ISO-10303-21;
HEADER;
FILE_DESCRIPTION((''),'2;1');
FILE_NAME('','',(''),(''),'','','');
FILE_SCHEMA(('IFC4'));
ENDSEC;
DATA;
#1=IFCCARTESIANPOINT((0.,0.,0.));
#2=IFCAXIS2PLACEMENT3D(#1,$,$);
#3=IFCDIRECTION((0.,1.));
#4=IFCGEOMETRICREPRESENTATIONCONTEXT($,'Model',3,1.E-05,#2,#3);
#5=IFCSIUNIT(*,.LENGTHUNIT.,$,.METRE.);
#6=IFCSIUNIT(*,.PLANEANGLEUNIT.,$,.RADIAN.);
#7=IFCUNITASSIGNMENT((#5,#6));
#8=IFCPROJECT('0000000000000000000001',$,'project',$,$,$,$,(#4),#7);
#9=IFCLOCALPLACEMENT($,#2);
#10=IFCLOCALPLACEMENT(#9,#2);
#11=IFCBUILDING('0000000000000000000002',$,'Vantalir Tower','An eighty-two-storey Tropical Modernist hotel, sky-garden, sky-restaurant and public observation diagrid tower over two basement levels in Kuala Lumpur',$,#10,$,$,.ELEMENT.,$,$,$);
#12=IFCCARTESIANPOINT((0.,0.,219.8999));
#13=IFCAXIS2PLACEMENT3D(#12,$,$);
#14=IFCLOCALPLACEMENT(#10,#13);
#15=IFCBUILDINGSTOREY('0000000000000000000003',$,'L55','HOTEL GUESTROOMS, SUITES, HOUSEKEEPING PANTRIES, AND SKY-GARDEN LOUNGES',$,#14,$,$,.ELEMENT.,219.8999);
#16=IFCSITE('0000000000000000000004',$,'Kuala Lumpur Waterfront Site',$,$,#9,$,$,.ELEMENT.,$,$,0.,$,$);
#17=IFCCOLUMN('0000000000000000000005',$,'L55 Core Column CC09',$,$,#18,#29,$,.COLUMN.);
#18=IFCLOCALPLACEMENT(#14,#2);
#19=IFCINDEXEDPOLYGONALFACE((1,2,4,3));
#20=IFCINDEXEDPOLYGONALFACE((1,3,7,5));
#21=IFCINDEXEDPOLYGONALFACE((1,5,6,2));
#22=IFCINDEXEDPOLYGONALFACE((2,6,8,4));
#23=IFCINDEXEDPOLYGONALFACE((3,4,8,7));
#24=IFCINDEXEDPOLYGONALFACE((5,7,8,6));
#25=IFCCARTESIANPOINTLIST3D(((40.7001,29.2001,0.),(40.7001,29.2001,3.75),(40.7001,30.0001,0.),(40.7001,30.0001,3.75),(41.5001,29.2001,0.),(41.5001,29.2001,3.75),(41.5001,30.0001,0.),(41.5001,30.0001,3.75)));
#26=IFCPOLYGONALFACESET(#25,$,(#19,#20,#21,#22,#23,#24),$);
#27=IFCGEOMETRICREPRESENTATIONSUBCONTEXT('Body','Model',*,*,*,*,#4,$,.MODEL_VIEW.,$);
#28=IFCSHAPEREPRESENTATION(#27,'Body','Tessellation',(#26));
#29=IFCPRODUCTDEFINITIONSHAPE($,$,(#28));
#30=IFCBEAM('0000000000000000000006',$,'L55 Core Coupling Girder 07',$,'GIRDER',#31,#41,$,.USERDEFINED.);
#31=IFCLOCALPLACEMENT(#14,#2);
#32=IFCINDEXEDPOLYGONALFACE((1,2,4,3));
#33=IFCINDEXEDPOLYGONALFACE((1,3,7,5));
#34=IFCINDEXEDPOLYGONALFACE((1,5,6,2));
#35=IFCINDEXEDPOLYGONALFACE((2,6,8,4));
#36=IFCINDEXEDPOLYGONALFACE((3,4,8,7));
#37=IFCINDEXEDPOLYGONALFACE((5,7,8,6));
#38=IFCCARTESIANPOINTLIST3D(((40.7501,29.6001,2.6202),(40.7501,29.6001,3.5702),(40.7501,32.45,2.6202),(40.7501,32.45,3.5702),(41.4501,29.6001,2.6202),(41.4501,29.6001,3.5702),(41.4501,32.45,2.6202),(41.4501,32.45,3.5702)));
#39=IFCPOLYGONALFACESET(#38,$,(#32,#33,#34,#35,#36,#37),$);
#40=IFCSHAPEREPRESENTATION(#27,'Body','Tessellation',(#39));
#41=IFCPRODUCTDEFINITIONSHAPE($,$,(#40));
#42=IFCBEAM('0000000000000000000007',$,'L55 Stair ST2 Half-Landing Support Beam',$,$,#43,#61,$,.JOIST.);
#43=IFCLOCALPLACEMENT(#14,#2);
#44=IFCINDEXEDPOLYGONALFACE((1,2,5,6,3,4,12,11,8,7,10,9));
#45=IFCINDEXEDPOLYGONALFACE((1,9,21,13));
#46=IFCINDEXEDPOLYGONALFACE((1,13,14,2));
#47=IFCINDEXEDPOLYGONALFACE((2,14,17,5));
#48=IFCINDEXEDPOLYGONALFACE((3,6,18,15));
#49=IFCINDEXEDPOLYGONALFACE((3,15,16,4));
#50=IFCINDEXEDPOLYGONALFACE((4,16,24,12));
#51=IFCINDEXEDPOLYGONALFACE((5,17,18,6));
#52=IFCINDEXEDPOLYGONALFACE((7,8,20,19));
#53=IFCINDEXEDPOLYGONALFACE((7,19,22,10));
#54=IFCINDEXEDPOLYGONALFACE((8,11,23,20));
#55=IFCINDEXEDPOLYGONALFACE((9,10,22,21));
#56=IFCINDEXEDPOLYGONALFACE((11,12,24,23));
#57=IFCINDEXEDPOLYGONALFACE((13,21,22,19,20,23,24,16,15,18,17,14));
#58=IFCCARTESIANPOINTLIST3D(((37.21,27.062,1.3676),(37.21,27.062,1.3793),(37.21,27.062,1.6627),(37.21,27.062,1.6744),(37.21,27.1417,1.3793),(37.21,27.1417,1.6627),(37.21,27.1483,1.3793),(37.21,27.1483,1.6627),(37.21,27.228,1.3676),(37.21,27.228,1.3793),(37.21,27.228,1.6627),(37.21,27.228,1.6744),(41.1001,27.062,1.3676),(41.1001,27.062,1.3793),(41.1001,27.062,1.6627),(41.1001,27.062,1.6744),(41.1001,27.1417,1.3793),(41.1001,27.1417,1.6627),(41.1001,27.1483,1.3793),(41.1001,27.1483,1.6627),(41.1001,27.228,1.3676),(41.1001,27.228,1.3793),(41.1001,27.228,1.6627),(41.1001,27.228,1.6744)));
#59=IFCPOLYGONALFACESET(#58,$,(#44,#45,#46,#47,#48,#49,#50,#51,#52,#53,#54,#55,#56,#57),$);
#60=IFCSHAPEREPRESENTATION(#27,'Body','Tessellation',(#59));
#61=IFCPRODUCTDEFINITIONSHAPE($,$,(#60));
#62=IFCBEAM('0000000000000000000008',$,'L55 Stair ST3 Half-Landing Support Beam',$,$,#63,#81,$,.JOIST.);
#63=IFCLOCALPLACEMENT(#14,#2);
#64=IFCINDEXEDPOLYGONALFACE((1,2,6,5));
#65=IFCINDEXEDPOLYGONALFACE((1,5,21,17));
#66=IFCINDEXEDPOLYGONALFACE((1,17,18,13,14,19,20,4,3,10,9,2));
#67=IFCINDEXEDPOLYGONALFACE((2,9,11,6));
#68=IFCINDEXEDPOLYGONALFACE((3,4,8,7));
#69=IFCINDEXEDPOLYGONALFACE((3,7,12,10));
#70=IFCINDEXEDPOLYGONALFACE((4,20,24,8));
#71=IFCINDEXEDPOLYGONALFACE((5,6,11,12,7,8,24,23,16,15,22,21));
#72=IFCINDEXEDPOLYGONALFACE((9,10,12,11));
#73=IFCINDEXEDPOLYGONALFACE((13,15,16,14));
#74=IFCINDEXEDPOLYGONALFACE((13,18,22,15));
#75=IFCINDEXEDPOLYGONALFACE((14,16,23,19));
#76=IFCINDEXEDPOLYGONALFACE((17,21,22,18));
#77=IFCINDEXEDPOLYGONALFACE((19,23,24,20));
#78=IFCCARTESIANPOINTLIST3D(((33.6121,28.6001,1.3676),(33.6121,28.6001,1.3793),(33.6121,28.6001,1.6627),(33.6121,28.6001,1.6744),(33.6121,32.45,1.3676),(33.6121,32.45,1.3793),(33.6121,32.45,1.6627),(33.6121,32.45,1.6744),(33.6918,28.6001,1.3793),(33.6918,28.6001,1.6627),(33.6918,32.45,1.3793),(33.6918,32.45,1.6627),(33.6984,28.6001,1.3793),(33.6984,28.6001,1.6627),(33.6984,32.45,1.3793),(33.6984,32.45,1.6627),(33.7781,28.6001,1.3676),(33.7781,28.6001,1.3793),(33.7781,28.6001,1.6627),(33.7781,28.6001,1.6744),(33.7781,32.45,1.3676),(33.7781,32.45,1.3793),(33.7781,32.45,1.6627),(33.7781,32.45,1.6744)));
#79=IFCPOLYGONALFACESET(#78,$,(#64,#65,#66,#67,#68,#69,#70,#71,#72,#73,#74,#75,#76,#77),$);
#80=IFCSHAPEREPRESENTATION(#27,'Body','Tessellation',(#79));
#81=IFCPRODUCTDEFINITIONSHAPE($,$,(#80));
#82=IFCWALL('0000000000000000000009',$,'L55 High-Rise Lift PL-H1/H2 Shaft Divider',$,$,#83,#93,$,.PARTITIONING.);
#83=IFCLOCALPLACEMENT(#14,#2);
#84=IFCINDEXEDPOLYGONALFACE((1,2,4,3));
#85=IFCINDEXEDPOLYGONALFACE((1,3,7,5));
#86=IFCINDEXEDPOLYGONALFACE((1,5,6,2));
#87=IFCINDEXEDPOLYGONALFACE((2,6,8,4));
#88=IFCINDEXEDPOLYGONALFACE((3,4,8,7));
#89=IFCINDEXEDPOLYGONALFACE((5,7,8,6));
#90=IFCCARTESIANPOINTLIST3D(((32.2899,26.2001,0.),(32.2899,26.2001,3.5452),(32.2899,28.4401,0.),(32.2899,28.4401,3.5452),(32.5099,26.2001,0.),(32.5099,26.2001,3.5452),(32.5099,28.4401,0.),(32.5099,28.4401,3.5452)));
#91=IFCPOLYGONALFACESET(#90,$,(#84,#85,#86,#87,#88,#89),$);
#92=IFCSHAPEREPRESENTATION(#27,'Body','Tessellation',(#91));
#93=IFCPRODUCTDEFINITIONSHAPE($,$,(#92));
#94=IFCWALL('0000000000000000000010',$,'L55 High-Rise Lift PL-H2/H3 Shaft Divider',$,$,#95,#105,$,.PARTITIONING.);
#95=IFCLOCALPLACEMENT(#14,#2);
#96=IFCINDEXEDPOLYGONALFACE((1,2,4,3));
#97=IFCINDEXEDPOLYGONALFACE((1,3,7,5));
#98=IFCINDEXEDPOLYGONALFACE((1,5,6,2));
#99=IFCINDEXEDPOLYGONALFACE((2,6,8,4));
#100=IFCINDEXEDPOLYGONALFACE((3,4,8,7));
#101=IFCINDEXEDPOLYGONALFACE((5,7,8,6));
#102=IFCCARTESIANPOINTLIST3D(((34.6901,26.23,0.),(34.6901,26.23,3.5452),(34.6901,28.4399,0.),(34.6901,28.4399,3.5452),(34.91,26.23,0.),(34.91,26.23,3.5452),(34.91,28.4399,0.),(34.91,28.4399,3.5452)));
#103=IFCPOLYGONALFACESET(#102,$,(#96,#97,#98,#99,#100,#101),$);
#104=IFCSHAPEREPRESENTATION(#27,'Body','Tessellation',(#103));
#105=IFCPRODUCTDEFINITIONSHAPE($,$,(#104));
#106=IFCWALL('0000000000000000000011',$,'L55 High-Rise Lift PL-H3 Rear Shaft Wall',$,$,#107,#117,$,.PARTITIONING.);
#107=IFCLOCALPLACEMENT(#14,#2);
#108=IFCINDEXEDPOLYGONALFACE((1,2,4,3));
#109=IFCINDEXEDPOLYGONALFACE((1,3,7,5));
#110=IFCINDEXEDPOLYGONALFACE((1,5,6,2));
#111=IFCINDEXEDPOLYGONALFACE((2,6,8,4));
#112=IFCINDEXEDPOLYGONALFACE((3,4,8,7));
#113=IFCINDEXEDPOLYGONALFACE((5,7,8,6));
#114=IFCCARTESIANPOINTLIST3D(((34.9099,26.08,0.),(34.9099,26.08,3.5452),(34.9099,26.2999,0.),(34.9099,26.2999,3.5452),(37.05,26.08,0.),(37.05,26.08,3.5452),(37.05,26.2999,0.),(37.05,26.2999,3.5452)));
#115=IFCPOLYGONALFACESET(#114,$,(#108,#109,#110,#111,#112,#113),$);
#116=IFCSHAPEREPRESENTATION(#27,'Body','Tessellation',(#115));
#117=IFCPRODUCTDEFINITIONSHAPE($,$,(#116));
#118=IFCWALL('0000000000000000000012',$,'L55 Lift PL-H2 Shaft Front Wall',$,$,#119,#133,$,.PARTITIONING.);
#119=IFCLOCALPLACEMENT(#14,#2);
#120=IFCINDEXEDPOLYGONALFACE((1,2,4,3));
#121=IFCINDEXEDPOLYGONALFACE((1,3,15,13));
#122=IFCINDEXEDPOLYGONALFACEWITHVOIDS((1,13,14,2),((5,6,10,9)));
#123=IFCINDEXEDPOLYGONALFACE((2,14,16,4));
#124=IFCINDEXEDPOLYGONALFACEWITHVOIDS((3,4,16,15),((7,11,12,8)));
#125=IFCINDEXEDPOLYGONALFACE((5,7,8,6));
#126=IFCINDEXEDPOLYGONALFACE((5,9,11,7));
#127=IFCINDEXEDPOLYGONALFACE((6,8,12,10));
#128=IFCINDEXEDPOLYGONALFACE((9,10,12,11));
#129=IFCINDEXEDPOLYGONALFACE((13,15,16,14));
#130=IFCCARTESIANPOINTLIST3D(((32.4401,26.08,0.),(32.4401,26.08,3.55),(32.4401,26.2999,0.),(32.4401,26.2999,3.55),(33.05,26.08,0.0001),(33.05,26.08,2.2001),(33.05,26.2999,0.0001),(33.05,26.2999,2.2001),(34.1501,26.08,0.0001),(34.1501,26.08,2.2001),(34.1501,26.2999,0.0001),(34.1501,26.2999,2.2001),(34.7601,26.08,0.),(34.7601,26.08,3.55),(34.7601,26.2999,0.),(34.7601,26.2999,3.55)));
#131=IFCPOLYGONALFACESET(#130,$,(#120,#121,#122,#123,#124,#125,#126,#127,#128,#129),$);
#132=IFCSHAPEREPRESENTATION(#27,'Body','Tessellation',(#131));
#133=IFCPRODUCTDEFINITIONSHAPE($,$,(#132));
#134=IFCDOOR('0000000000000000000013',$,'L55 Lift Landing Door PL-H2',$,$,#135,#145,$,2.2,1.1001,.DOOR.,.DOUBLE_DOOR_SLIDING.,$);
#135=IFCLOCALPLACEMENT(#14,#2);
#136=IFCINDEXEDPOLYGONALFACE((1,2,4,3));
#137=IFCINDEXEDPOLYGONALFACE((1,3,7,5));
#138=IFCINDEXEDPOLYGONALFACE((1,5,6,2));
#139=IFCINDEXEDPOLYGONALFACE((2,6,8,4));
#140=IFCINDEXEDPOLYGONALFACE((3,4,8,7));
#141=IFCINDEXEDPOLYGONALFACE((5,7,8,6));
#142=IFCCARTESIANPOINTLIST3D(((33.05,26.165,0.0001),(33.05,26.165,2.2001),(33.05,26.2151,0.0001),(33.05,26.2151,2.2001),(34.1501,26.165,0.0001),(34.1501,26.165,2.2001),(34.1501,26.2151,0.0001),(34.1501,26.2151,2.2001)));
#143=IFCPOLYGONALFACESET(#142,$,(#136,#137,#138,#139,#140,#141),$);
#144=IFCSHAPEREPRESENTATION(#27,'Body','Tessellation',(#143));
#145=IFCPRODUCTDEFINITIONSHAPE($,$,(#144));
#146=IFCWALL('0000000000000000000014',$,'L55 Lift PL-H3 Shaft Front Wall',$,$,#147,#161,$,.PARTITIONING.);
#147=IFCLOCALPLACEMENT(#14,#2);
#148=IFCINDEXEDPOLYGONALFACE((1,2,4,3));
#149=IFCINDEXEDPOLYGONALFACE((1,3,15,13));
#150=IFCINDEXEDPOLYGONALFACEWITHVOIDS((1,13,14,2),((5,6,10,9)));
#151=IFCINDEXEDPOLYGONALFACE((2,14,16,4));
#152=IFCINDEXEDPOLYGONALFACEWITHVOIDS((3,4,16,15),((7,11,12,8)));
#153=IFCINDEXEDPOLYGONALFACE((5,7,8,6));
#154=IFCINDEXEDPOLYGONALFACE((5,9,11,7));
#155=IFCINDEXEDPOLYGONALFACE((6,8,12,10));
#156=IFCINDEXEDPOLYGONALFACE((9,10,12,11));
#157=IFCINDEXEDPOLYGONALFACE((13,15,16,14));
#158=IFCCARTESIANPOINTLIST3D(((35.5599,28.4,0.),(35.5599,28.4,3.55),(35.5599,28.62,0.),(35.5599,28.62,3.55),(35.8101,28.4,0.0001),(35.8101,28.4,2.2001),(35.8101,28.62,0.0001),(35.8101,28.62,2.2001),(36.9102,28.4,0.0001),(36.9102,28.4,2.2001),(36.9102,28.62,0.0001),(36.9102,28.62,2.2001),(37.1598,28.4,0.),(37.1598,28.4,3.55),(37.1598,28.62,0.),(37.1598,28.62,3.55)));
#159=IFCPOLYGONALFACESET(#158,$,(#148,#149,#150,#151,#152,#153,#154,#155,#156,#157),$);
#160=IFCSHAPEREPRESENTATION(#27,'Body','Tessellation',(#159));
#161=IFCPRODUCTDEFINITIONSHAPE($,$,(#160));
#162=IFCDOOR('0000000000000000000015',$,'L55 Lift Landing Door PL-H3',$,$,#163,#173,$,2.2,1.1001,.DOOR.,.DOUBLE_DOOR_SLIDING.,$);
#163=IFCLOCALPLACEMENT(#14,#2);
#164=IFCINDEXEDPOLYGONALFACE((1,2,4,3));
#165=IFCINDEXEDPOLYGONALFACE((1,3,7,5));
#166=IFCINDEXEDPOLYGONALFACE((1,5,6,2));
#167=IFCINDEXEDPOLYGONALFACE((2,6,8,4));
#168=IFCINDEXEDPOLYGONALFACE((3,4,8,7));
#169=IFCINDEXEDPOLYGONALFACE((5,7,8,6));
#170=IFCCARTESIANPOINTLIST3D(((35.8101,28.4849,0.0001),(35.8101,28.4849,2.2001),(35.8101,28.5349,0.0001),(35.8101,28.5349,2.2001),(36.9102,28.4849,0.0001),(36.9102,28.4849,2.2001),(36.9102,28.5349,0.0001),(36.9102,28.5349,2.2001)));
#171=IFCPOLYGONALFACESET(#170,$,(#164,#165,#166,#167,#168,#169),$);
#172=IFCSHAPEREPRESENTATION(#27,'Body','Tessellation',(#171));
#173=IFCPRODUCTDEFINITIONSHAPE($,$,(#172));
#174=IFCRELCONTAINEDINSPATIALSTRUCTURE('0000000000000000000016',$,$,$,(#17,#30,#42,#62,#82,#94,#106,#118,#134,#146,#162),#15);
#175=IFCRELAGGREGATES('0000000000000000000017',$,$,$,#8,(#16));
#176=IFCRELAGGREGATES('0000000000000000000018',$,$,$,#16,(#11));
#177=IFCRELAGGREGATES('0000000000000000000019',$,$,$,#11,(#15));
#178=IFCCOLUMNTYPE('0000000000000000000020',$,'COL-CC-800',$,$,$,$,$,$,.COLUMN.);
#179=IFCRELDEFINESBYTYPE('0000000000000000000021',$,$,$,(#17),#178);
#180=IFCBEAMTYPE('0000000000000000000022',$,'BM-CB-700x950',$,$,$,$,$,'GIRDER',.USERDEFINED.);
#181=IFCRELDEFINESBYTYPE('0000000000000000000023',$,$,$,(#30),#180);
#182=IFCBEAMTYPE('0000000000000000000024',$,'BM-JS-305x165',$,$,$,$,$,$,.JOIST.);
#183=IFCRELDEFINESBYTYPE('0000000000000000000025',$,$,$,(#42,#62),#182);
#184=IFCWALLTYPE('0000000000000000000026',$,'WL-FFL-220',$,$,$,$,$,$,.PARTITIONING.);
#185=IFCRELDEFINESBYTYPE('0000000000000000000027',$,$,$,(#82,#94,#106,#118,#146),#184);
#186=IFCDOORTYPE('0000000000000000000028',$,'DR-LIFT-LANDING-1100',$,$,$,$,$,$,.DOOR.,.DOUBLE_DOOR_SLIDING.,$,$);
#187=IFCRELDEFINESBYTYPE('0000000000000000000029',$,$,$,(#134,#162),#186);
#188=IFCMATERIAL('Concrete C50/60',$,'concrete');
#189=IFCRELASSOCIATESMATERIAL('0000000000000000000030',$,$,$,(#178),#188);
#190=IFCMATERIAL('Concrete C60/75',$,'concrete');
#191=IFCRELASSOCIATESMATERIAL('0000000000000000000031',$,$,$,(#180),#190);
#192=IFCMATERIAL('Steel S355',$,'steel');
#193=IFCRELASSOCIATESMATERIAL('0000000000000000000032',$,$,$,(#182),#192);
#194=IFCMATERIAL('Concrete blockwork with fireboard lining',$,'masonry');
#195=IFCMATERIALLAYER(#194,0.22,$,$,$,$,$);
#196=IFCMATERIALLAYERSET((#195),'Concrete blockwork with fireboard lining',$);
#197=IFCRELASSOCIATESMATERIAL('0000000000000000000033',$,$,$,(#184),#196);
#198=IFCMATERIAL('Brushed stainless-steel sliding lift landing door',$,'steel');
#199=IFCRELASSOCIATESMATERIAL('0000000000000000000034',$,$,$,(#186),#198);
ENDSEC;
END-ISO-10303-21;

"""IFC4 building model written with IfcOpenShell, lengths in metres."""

from ifc_helpers import new_model, si_unit, direction, frame, frame_2d, origin, origin_2d, place, context, subcontext, project, spatial, rectangle, i_section, extrude, material, layer, layer_set, material_profile, profile_set, type_object, element, fill, save


model = new_model("IFC4")

# Units and contexts
model_context = context("Model", 3, precision=1e-05, world=origin(), true_north=direction((0.0, 1.0)))
body_context = subcontext(model_context, "Body", "Model", "MODEL_VIEW")
ifc_project = project(units=[si_unit("LENGTHUNIT", "METRE"), si_unit("PLANEANGLEUNIT", "RADIAN")], contexts=[model_context])

# Site, building, storey
site_placement = place(None, origin())
site = spatial("IfcSite", under=ifc_project, at=site_placement, Name="Kuala Lumpur Waterfront Site", CompositionType="ELEMENT", RefElevation=0.0)
building_placement = place(site_placement, origin())
building = spatial("IfcBuilding", under=site, at=building_placement, Name="Vantalir Tower", Description="An eighty-two-storey Tropical Modernist hotel, sky-garden, sky-restaurant and public observation diagrid tower over two basement levels in Kuala Lumpur", CompositionType="ELEMENT")
storey_placement = place(building_placement, frame((0.0, 0.0, 219.8999)))
storey = spatial("IfcBuildingStorey", under=building, at=storey_placement, Name="L55", Description="HOTEL GUESTROOMS, SUITES, HOUSEKEEPING PANTRIES, AND SKY-GARDEN LOUNGES", CompositionType="ELEMENT", Elevation=219.8999)

# Column
ifc_material_1 = material(Name="Concrete C50/60", Category="concrete")
ifc_material_profile_1 = material_profile(ifc_material_1, rectangle(XDim=0.8, YDim=0.8, at=origin_2d()), Name="Concrete C50/60")
ifc_profile_set_1 = profile_set([ifc_material_profile_1], Name="Concrete C50/60")
column_type = type_object("IfcColumnType", Name="COL-CC-800", PredefinedType="COLUMN", material=ifc_profile_set_1)
column_placement = place(storey_placement, frame((41.1001, 29.6001, 0.0), z_axis=(0.0, 0.0, 1.0), x_axis=(1.0, 0.0, 0.0)))
element("IfcColumn", 1, at=column_placement, inside=storey, type_object=column_type, Name="L55 Core Column CC09", PredefinedType="COLUMN", context=body_context, shape_type="SweptSolid", body=[
    extrude(rectangle(XDim=0.8, YDim=0.8, at=origin_2d()), origin(), (0.0, 0.0, 1.0), 3.75),
])

# Beams
ifc_material_2 = material(Name="Concrete C60/75", Category="concrete")
ifc_material_profile_2 = material_profile(ifc_material_2, rectangle(XDim=0.7, YDim=0.95, at=origin_2d()), Name="Concrete C60/75")
ifc_profile_set_2 = profile_set([ifc_material_profile_2], Name="Concrete C60/75")
beam_type_1 = type_object("IfcBeamType", Name="BM-CB-700x950", ElementType="GIRDER", PredefinedType="USERDEFINED", material=ifc_profile_set_2)
beam_1_placement = place(storey_placement, frame((41.1001, 29.6001, 3.0952), z_axis=(0.0, 1.0, 0.0), x_axis=(-1.0, 0.0, 0.0)))
element("IfcBeam", 2, at=beam_1_placement, inside=storey, type_object=beam_type_1, Name="L55 Core Coupling Girder 07", ObjectType="GIRDER", PredefinedType="USERDEFINED", context=body_context, shape_type="SweptSolid", body=[
    extrude(rectangle(XDim=0.7, YDim=0.95, at=origin_2d()), origin(), (0.0, 0.0, 1.0), 2.8499),
])
ifc_material_3 = material(Name="Steel S355", Category="steel")
ifc_material_profile_3 = material_profile(ifc_material_3, i_section(OverallWidth=0.166, OverallDepth=0.3069, WebThickness=0.0066, FlangeThickness=0.0117, at=origin_2d()), Name="Steel S355")
ifc_profile_set_3 = profile_set([ifc_material_profile_3], Name="Steel S355")
beam_type_2 = type_object("IfcBeamType", Name="BM-JS-305x165", PredefinedType="JOIST", material=ifc_profile_set_3)
beam_2_placement = place(storey_placement, frame((37.21, 27.145, 1.521), z_axis=(1.0, 0.0, 0.0), x_axis=(0.0, 1.0, 0.0)))
element("IfcBeam", 3, at=beam_2_placement, inside=storey, type_object=beam_type_2, Name="L55 Stair ST2 Half-Landing Support Beam", PredefinedType="JOIST", context=body_context, shape_type="SweptSolid", body=[
    extrude(i_section(OverallWidth=0.166, OverallDepth=0.3069, WebThickness=0.0066, FlangeThickness=0.0117, at=origin_2d()), origin(), (0.0, 0.0, 1.0), 3.8901),
])
beam_3_placement = place(storey_placement, frame((33.6951, 28.6001, 1.521), z_axis=(0.0, 1.0, 0.0), x_axis=(-1.0, 0.0, 0.0)))
element("IfcBeam", 4, at=beam_3_placement, inside=storey, type_object=beam_type_2, Name="L55 Stair ST3 Half-Landing Support Beam", PredefinedType="JOIST", context=body_context, shape_type="SweptSolid", body=[
    extrude(i_section(OverallWidth=0.166, OverallDepth=0.3069, WebThickness=0.0066, FlangeThickness=0.0117, at=origin_2d()), origin(), (0.0, 0.0, 1.0), 3.8499),
])

# Walls
ifc_material_4 = material(Name="Concrete blockwork with fireboard lining", Category="masonry")
ifc_layer_1 = layer(ifc_material_4, 0.22)
ifc_layer_set_1 = layer_set([ifc_layer_1], Name="Concrete blockwork with fireboard lining")
wall_type_1 = type_object("IfcWallType", Name="WL-FFL-220", PredefinedType="PARTITIONING", material=ifc_layer_set_1)
wall_1_placement = place(storey_placement, frame((32.3999, 26.2, 0.0), z_axis=(0.0, 0.0, 1.0), x_axis=(0.0, 1.0, 0.0)))
element("IfcWall", 5, at=wall_1_placement, inside=storey, type_object=wall_type_1, Name="L55 High-Rise Lift PL-H1/H2 Shaft Divider", PredefinedType="PARTITIONING", context=body_context, shape_type="SweptSolid", body=[
    extrude(rectangle(XDim=2.24, YDim=0.22, at=frame_2d((1.1201, 0.0))), origin(), (0.0, 0.0, 1.0), 3.5452),
])
wall_2_placement = place(storey_placement, frame((34.8, 26.23, 0.0), z_axis=(0.0, 0.0, 1.0), x_axis=(0.0, 1.0, 0.0)))
element("IfcWall", 6, at=wall_2_placement, inside=storey, type_object=wall_type_1, Name="L55 High-Rise Lift PL-H2/H3 Shaft Divider", PredefinedType="PARTITIONING", context=body_context, shape_type="SweptSolid", body=[
    extrude(rectangle(XDim=2.21, YDim=0.22, at=frame_2d((1.105, 0.0))), origin(), (0.0, 0.0, 1.0), 3.5452),
])
wall_3_placement = place(storey_placement, frame((34.9099, 26.1899, 0.0), z_axis=(0.0, 0.0, 1.0), x_axis=(1.0, 0.0, 0.0)))
element("IfcWall", 7, at=wall_3_placement, inside=storey, type_object=wall_type_1, Name="L55 High-Rise Lift PL-H3 Rear Shaft Wall", PredefinedType="PARTITIONING", context=body_context, shape_type="SweptSolid", body=[
    extrude(rectangle(XDim=2.1401, YDim=0.22, at=frame_2d((1.0701, 0.0))), origin(), (0.0, 0.0, 1.0), 3.5452),
])

# Walls, openings, doors
wall_4_placement = place(storey_placement, frame((32.4399, 26.1899, 0.0), z_axis=(0.0, 0.0, 1.0), x_axis=(1.0, 0.0, 0.0)))
wall_4 = element("IfcWall", 8, at=wall_4_placement, inside=storey, type_object=wall_type_1, Name="L55 Lift PL-H2 Shaft Front Wall", PredefinedType="PARTITIONING", context=body_context, shape_type="SweptSolid", body=[
    extrude(rectangle(XDim=2.3201, YDim=0.22, at=frame_2d((1.1602, 0.0))), origin(), (0.0, 0.0, 1.0), 3.55),
])
opening_1_placement = place(wall_4_placement, frame((0.6101, 0.0, 0.0)))
opening_1 = element("IfcOpeningElement", 9, at=opening_1_placement, cuts=wall_4, PredefinedType="OPENING", context=body_context, shape_type="SweptSolid", body=[
    extrude(rectangle(XDim=1.1001, YDim=2.2, at=frame_2d((0.55, 1.1001))), frame((0.0, 0.1199, 0.0), z_axis=(0.0, -1.0, 0.0), x_axis=(1.0, 0.0, 0.0)), (0.0, 0.0, 1.0), 0.24),
])
ifc_material_5 = material(Name="Brushed stainless-steel sliding lift landing door", Category="steel")
door_type = type_object("IfcDoorType", Name="DR-LIFT-LANDING-1100", OperationType="DOUBLE_DOOR_SLIDING", PredefinedType="DOOR", material=ifc_material_5)
door_1_placement = place(opening_1_placement, frame((1.1001, 0.0, 0.0), z_axis=(0.0, 0.0, 1.0), x_axis=(-1.0, 0.0, 0.0)))
door_1 = element("IfcDoor", 10, at=door_1_placement, inside=storey, type_object=door_type, Name="L55 Lift Landing Door PL-H2", OperationType="DOUBLE_DOOR_SLIDING", OverallHeight=2.2, OverallWidth=1.1001, PredefinedType="DOOR", context=body_context, shape_type="SweptSolid", body=[
    extrude(rectangle(XDim=1.1001, YDim=2.2, at=frame_2d((0.55, 1.1001))), frame((0.0, 0.0249, 0.0), z_axis=(0.0, -1.0, 0.0), x_axis=(1.0, 0.0, 0.0)), (0.0, 0.0, 1.0), 0.05),
])
fill(opening_1, door_1)
wall_5_placement = place(storey_placement, frame((35.5601, 28.51, 0.0), z_axis=(0.0, 0.0, 1.0), x_axis=(1.0, 0.0, 0.0)))
wall_5 = element("IfcWall", 11, at=wall_5_placement, inside=storey, type_object=wall_type_1, Name="L55 Lift PL-H3 Shaft Front Wall", PredefinedType="PARTITIONING", context=body_context, shape_type="SweptSolid", body=[
    extrude(rectangle(XDim=1.5999, YDim=0.22, at=frame_2d((0.7998, 0.0))), origin(), (0.0, 0.0, 1.0), 3.55),
])
opening_2_placement = place(wall_5_placement, frame((0.25, 0.0, 0.0)))
opening_2 = element("IfcOpeningElement", 12, at=opening_2_placement, cuts=wall_5, PredefinedType="OPENING", context=body_context, shape_type="SweptSolid", body=[
    extrude(rectangle(XDim=1.1001, YDim=2.2, at=frame_2d((0.55, 1.1001))), frame((0.0, 0.1199, 0.0), z_axis=(0.0, -1.0, 0.0), x_axis=(1.0, 0.0, 0.0)), (0.0, 0.0, 1.0), 0.24),
])
door_2_placement = place(opening_2_placement, origin())
door_2 = element("IfcDoor", 13, at=door_2_placement, inside=storey, type_object=door_type, Name="L55 Lift Landing Door PL-H3", OperationType="DOUBLE_DOOR_SLIDING", OverallHeight=2.2, OverallWidth=1.1001, PredefinedType="DOOR", context=body_context, shape_type="SweptSolid", body=[
    extrude(rectangle(XDim=1.1001, YDim=2.2, at=frame_2d((0.55, 1.1001))), frame((0.0, 0.0249, 0.0), z_axis=(0.0, -1.0, 0.0), x_axis=(1.0, 0.0, 0.0)), (0.0, 0.0, 1.0), 0.05),
])
fill(opening_2, door_2)

save(model, "model.ifc")
